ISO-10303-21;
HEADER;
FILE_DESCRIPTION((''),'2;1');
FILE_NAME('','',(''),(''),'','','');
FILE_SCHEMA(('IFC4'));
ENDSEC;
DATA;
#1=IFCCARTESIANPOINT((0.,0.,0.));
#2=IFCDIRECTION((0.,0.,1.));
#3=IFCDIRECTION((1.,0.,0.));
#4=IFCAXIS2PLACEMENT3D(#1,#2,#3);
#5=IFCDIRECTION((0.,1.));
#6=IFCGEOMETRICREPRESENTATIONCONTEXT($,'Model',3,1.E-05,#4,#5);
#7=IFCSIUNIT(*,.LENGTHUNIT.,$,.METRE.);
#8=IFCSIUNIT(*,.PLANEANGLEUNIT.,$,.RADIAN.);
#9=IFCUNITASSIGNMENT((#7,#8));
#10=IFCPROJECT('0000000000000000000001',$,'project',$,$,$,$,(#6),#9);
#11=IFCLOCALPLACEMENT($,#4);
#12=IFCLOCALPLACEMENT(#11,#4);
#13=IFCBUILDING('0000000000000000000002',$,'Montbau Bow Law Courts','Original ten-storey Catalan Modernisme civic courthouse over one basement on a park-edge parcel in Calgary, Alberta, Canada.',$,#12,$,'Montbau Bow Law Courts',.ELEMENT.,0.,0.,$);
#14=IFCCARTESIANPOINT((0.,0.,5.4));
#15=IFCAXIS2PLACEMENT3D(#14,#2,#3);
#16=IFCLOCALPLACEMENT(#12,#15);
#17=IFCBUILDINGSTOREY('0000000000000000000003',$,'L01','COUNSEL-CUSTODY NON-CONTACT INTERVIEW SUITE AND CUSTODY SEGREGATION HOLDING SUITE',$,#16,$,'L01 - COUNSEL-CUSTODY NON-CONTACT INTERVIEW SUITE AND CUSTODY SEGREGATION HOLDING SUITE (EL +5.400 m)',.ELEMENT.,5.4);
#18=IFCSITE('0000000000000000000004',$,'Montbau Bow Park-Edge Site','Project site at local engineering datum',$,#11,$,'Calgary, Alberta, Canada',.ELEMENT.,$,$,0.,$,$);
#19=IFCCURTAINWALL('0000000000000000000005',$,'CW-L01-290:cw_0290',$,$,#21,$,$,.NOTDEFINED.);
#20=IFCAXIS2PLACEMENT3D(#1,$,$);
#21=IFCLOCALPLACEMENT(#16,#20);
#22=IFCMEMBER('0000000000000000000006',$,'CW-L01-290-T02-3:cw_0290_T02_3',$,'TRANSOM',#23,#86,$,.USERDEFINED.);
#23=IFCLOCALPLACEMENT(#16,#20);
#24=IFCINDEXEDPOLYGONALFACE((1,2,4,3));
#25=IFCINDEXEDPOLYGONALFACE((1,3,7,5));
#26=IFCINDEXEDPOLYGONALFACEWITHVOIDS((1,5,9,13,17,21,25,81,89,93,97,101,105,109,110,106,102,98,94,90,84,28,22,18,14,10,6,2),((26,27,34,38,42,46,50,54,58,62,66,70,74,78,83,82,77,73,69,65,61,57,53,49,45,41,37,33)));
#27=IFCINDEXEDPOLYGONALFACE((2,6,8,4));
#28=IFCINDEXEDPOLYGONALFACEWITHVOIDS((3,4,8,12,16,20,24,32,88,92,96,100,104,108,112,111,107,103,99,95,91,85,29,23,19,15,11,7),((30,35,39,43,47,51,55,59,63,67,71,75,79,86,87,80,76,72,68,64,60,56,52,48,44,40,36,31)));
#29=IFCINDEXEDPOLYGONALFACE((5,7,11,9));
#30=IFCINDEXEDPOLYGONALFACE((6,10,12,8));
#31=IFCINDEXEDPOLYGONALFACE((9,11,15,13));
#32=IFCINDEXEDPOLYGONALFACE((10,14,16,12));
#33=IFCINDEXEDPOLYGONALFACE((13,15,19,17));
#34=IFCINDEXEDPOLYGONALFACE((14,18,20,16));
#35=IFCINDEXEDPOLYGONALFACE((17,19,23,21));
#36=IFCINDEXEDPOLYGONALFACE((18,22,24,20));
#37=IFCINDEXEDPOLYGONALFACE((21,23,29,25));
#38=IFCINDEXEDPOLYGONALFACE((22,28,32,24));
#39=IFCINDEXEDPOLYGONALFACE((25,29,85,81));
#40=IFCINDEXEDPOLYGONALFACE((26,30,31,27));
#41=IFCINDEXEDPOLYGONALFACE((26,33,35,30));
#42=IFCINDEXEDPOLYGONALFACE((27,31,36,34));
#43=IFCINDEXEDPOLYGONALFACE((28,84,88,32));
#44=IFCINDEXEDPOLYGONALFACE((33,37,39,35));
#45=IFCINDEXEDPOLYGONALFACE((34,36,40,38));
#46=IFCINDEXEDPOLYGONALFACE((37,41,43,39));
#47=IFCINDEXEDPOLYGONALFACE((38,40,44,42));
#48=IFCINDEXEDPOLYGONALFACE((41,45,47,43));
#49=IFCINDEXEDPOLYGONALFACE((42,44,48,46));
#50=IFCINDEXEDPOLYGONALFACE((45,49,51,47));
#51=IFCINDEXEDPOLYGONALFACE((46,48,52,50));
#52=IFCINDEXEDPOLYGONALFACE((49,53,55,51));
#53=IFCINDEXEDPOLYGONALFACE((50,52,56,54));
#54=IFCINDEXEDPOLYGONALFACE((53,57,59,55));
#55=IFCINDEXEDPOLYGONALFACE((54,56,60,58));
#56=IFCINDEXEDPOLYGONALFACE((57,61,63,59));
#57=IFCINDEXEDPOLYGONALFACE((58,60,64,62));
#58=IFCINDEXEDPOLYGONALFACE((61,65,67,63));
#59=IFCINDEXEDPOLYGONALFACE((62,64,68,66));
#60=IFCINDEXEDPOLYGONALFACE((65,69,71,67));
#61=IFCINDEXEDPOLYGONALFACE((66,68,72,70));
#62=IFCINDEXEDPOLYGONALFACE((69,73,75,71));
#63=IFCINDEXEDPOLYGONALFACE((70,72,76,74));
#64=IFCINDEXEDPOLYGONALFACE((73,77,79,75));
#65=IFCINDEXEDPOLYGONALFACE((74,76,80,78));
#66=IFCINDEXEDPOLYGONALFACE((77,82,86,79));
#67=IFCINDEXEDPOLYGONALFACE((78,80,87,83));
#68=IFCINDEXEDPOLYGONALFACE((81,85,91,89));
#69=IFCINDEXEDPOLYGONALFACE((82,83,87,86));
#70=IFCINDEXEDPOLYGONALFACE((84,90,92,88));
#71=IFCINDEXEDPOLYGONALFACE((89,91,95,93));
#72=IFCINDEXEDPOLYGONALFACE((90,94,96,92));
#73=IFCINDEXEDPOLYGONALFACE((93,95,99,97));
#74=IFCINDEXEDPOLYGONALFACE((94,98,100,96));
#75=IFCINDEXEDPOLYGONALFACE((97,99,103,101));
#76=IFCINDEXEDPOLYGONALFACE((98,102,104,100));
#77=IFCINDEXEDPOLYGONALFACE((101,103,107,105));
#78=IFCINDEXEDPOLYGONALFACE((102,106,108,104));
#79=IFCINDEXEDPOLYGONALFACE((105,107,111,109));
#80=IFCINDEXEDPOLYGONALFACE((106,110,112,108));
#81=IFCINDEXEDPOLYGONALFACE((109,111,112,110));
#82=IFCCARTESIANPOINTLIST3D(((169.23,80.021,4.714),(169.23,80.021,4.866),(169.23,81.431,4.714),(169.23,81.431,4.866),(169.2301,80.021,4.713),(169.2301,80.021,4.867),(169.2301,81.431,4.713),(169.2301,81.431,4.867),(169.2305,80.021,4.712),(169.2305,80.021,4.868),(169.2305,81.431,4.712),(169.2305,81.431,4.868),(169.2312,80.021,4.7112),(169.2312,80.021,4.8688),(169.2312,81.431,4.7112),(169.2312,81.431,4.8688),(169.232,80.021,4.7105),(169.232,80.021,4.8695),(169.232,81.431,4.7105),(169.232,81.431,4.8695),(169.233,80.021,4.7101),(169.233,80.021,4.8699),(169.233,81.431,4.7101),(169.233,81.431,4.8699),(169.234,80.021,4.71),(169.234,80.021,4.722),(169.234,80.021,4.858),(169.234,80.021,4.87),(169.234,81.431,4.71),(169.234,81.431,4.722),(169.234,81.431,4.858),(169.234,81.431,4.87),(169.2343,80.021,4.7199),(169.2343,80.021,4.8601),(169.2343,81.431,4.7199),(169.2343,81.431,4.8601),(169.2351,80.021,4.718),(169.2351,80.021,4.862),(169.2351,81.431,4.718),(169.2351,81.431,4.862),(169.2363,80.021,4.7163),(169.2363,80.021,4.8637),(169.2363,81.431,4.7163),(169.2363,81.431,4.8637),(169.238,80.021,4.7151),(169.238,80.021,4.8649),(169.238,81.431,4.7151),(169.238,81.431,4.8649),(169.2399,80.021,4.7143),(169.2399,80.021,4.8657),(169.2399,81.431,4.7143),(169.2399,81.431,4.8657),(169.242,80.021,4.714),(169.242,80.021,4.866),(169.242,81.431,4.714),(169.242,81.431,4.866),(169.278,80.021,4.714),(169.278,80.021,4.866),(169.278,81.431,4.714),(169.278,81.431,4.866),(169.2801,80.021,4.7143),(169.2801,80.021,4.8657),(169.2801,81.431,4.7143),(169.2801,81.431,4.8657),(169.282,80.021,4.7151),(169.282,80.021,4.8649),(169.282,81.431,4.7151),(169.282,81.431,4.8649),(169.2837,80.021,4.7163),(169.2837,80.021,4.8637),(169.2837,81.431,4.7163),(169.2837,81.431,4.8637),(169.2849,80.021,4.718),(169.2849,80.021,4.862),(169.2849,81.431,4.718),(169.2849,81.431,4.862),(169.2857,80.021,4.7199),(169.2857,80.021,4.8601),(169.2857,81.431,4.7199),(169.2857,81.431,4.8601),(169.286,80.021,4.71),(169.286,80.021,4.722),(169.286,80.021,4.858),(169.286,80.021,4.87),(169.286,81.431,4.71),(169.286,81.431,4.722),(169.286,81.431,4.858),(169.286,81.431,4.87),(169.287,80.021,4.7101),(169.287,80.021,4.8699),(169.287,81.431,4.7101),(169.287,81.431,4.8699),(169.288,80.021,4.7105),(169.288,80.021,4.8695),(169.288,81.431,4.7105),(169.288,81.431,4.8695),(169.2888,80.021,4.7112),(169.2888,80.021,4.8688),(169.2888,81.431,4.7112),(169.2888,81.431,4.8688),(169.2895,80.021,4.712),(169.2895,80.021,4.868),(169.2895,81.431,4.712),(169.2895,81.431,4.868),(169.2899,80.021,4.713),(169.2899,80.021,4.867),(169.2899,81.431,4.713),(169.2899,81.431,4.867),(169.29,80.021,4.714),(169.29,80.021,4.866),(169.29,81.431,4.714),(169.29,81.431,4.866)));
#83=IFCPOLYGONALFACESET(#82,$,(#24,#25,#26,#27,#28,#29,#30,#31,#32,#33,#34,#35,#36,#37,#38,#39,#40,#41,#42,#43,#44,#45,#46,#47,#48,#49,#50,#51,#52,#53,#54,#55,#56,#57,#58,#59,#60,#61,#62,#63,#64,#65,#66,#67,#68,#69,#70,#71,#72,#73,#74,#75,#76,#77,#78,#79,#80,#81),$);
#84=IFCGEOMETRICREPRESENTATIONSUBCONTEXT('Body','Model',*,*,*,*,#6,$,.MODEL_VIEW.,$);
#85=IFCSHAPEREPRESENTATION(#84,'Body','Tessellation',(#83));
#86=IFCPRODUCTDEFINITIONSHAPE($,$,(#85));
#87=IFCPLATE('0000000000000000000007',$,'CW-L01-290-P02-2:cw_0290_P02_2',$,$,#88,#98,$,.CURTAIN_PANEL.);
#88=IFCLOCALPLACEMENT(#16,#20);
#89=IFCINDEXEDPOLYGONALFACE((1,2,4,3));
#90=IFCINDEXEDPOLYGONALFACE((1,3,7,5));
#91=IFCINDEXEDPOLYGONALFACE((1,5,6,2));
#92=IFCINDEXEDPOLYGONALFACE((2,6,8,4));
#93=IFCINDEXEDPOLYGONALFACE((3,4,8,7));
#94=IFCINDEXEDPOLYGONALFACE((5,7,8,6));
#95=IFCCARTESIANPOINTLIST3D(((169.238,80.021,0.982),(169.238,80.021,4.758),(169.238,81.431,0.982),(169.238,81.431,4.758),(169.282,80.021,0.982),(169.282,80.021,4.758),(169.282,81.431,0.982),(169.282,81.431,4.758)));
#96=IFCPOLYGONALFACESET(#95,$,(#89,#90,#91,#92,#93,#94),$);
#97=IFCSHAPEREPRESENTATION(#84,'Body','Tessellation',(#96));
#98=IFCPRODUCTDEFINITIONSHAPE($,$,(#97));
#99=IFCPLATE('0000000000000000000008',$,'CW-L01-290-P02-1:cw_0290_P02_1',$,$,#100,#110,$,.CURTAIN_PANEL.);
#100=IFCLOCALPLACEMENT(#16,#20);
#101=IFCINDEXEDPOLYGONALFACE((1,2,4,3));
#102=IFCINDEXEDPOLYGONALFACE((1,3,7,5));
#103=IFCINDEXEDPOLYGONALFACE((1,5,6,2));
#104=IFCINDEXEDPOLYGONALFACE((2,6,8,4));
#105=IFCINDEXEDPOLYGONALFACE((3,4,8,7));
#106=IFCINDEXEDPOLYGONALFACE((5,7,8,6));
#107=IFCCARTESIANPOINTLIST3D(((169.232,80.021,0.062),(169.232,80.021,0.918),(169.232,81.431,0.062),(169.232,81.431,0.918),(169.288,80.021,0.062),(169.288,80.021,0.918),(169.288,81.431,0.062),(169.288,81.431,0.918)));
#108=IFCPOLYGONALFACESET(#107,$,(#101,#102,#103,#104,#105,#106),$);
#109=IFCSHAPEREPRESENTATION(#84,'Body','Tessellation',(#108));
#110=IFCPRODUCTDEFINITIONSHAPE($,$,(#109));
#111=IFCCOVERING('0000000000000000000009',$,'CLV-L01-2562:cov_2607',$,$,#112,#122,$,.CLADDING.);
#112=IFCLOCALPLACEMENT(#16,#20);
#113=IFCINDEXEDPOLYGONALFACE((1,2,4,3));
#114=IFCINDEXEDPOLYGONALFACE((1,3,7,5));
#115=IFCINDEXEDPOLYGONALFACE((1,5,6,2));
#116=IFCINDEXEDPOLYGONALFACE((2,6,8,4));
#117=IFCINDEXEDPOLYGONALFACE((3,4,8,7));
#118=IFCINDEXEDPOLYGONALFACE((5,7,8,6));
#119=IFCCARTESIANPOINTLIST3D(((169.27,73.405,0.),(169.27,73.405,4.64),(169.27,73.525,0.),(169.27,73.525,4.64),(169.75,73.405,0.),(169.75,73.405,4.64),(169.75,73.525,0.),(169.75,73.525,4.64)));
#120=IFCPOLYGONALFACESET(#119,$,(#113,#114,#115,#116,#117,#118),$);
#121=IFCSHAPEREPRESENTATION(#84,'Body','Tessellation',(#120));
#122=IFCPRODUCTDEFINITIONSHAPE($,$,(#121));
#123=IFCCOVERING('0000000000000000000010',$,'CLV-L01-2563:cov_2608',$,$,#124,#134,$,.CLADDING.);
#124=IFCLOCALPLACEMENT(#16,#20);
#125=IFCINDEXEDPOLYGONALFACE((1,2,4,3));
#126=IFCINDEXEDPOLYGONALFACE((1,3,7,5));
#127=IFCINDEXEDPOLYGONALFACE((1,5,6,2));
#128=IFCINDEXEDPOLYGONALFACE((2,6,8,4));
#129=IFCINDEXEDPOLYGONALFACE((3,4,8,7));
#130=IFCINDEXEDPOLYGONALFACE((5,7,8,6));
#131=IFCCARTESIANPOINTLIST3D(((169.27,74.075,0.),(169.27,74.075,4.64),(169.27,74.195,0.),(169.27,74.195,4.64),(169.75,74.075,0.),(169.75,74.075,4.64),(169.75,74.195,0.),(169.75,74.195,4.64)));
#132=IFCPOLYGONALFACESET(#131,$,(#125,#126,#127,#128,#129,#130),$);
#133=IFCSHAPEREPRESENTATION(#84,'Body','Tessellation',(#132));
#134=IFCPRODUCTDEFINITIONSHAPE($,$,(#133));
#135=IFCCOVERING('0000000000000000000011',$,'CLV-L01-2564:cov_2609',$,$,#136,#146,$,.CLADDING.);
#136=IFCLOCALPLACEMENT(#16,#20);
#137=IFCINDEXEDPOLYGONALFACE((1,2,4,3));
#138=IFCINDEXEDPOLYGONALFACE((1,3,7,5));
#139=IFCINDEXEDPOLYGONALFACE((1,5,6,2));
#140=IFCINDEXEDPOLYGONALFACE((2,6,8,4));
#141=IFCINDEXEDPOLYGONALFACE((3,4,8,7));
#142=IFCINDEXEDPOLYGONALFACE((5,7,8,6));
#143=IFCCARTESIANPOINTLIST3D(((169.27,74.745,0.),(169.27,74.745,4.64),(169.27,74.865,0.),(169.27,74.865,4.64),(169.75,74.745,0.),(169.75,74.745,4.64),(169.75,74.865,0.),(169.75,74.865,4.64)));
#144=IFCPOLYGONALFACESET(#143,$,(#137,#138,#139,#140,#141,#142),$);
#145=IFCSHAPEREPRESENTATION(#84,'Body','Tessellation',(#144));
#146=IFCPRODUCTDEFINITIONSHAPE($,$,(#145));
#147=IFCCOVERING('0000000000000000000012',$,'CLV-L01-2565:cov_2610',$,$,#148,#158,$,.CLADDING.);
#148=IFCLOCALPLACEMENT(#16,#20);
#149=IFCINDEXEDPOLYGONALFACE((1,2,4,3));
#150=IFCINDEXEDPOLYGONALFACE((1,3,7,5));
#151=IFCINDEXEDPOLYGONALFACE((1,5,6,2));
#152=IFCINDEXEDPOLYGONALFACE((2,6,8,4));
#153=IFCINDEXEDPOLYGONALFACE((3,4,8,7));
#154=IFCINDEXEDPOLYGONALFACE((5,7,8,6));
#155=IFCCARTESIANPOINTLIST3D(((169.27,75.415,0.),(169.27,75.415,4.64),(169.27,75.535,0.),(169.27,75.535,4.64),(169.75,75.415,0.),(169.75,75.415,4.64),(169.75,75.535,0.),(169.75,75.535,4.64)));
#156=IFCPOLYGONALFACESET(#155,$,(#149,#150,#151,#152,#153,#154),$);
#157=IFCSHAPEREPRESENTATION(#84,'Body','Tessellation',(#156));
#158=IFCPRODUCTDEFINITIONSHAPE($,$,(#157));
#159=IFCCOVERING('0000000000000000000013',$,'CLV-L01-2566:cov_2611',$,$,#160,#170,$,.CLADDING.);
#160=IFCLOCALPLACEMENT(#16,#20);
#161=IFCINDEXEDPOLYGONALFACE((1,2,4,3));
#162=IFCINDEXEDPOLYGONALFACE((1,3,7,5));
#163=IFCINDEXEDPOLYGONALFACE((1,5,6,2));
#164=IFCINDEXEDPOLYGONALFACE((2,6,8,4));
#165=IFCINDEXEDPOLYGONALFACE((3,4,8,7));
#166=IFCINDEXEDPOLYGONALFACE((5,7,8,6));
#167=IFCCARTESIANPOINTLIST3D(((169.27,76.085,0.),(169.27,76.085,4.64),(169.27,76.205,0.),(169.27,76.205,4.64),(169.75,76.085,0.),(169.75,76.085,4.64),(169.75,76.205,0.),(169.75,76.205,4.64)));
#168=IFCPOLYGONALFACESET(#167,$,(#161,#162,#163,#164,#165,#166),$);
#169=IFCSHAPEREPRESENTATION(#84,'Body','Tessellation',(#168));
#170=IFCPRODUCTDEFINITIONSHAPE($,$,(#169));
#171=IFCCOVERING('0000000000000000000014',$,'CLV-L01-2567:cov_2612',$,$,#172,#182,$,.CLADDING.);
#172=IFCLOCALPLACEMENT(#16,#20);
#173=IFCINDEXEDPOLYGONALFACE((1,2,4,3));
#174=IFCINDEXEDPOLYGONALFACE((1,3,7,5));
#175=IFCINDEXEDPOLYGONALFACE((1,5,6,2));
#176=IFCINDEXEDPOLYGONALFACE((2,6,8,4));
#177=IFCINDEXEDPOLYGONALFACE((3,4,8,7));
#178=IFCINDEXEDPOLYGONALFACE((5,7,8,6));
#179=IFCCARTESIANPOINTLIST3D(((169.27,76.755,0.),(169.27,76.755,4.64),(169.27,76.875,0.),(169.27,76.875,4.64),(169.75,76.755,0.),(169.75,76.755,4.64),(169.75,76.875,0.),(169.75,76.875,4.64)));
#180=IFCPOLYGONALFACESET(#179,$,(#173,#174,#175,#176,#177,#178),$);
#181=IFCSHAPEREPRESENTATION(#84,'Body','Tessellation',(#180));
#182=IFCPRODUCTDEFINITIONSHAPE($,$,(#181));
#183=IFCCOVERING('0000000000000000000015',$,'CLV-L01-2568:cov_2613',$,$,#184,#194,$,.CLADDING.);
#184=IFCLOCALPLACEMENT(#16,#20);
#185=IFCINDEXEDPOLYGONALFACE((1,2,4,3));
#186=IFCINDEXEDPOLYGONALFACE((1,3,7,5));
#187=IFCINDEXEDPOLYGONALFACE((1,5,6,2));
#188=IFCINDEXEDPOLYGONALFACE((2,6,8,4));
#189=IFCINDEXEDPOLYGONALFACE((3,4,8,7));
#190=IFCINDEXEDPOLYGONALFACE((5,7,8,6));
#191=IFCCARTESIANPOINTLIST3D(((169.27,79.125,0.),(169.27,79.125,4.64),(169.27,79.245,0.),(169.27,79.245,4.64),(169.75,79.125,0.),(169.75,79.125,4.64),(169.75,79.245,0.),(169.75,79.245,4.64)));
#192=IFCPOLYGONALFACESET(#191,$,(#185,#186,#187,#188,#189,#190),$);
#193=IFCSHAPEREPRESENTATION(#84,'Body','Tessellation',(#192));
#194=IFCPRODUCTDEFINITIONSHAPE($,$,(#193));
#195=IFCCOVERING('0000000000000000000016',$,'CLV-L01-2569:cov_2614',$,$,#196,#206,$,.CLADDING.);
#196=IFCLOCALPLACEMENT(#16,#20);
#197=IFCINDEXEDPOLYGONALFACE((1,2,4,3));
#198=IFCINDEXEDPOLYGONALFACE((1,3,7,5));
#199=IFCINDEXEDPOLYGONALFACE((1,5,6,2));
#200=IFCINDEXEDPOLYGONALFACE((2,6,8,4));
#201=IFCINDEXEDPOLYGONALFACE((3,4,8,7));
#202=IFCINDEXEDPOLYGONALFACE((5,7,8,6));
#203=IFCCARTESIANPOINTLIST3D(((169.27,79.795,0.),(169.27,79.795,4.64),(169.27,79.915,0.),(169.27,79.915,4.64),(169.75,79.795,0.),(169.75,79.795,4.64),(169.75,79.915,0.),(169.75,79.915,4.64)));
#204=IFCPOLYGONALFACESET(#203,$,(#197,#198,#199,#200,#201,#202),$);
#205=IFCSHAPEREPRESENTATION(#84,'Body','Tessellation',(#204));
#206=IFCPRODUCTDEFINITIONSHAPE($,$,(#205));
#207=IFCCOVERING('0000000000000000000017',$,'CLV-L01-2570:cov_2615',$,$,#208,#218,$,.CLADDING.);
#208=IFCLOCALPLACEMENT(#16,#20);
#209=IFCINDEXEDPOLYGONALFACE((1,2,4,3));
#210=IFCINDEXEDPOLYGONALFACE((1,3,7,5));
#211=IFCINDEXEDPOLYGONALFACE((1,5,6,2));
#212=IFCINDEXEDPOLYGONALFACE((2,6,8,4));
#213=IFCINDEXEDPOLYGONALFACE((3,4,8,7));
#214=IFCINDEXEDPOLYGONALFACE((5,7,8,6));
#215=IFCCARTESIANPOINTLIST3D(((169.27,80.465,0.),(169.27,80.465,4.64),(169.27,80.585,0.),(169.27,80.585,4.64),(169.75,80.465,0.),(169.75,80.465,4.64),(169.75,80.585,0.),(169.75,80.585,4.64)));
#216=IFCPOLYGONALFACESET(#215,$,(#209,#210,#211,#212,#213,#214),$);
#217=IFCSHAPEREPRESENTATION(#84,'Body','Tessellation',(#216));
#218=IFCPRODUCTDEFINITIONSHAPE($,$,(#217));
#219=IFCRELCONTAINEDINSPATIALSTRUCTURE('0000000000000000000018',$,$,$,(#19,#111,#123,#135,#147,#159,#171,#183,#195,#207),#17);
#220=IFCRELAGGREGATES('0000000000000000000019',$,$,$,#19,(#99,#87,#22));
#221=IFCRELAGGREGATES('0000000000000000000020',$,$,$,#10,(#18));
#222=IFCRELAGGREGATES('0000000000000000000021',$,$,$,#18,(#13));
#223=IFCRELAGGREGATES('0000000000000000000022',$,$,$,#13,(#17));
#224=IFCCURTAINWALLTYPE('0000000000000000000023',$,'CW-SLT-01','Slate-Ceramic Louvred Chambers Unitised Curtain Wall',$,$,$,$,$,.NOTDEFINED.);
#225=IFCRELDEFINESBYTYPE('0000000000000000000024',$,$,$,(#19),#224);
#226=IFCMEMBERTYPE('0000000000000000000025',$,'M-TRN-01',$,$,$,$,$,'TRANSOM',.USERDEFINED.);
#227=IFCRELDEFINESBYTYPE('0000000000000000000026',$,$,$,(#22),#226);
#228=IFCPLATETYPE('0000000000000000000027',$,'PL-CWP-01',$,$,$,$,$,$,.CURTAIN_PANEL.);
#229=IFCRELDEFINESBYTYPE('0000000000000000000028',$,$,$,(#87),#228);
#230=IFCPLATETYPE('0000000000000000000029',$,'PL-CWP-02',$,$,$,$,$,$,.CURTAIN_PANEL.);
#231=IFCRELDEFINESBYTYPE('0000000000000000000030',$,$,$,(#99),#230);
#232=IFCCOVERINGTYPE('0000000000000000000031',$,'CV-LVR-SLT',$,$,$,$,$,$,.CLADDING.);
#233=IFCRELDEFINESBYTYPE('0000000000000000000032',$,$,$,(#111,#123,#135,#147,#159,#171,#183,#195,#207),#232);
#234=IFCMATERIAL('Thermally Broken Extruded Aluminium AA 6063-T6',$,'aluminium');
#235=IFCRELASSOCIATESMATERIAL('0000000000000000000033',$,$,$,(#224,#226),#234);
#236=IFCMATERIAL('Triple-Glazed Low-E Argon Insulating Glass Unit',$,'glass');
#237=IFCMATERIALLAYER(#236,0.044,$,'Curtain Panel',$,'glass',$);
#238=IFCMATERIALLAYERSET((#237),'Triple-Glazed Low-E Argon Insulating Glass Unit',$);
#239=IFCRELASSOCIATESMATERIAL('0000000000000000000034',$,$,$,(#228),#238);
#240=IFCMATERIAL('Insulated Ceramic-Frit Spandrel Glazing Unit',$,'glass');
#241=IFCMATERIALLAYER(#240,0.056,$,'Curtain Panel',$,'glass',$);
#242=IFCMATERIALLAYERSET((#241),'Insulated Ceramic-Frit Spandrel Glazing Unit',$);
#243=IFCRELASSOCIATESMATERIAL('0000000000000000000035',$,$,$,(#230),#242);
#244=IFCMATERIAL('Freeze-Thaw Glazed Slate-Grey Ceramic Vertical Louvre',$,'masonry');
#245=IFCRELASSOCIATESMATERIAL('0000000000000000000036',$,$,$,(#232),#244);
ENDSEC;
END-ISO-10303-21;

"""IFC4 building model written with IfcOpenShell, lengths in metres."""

from ifc_helpers import new_model, si_unit, direction, frame, frame_2d, origin_with_axes, origin_2d_with_axis, place, context, subcontext, project, spatial, rectangle, hollow_rectangle, extrude, material, layer, layer_set, material_profile, profile_set, type_object, element, aggregate, save


model = new_model("IFC4")

# Units and contexts
model_context = context("Model", 3, precision=1e-05, world=origin_with_axes(), true_north=direction((0.0, 1.0)))
body_context = subcontext(model_context, "Body", "Model", "MODEL_VIEW")
ifc_project = project(units=[si_unit("LENGTHUNIT", "METRE"), si_unit("PLANEANGLEUNIT", "RADIAN")], contexts=[model_context])

# Site, building, storey
site_placement = place(None, origin_with_axes())
site = spatial("IfcSite", under=ifc_project, at=site_placement, Name="Montbau Bow Park-Edge Site", Description="Project site at local engineering datum", LongName="Calgary, Alberta, Canada", CompositionType="ELEMENT", RefElevation=0.0)
building_placement = place(site_placement, origin_with_axes())
building = spatial("IfcBuilding", under=site, at=building_placement, Name="Montbau Bow Law Courts", Description="Original ten-storey Catalan Modernisme civic courthouse over one basement on a park-edge parcel in Calgary, Alberta, Canada.", LongName="Montbau Bow Law Courts", CompositionType="ELEMENT", ElevationOfRefHeight=0.0, ElevationOfTerrain=0.0)
storey_placement = place(building_placement, frame((0.0, 0.0, 5.4), z_axis=(0.0, 0.0, 1.0), x_axis=(1.0, 0.0, 0.0)))
storey = spatial("IfcBuildingStorey", under=building, at=storey_placement, Name="L01", Description="COUNSEL-CUSTODY NON-CONTACT INTERVIEW SUITE AND CUSTODY SEGREGATION HOLDING SUITE", LongName="L01 - COUNSEL-CUSTODY NON-CONTACT INTERVIEW SUITE AND CUSTODY SEGREGATION HOLDING SUITE (EL +5.400 m)", CompositionType="ELEMENT", Elevation=5.4)

# Curtain wall, member, plates
ifc_material_1 = material(Name="Thermally Broken Extruded Aluminium AA 6063-T6", Category="aluminium")
curtain_wall_type = type_object("IfcCurtainWallType", Name="CW-SLT-01", Description="Slate-Ceramic Louvred Chambers Unitised Curtain Wall", PredefinedType="NOTDEFINED", material=ifc_material_1)
curtain_wall_placement = place(None, frame((169.26, 78.515, 5.4), z_axis=(0.0, 0.0, 1.0), x_axis=(1.0, 0.0, 0.0)))
curtain_wall = element("IfcCurtainWall", 1, at=curtain_wall_placement, inside=storey, type_object=curtain_wall_type, Name="CW-L01-290:cw_0290", PredefinedType="NOTDEFINED")
ifc_material_profile_1 = material_profile(ifc_material_1, hollow_rectangle(XDim=0.06, YDim=0.16, WallThickness=0.004, InnerFilletRadius=0.008, OuterFilletRadius=0.004, at=origin_2d_with_axis()), Name="CWT-160X60", Category="Main", Priority=0)
ifc_profile_set_1 = profile_set([ifc_material_profile_1], Name="Thermally Broken Extruded Aluminium AA 6063-T6")
member_type_1 = type_object("IfcMemberType", Name="M-TRN-01", ElementType="TRANSOM", PredefinedType="USERDEFINED", material=ifc_profile_set_1)
member_1_placement = place(None, frame((169.26, 80.021, 10.19), z_axis=(0.0, 1.0, 0.0), x_axis=(-1.0, 0.0, 0.0)))
member_1 = element("IfcMember", 2, at=member_1_placement, type_object=member_type_1, Name="CW-L01-290-T02-3:cw_0290_T02_3", ObjectType="TRANSOM", PredefinedType="USERDEFINED", context=body_context, shape_type="SweptSolid", body=[
    extrude(hollow_rectangle(XDim=0.06, YDim=0.16, WallThickness=0.004, InnerFilletRadius=0.008, OuterFilletRadius=0.004, at=origin_2d_with_axis()), origin_with_axes(), (0.0, 0.0, 1.0), 1.41),
])
ifc_material_2 = material(Name="Triple-Glazed Low-E Argon Insulating Glass Unit", Category="glass")
ifc_layer_1 = layer(ifc_material_2, 0.044, Name="Curtain Panel", Category="glass")
ifc_layer_set_1 = layer_set([ifc_layer_1], Name="Triple-Glazed Low-E Argon Insulating Glass Unit")
plate_type_1 = type_object("IfcPlateType", Name="PL-CWP-01", PredefinedType="CURTAIN_PANEL", material=ifc_layer_set_1)
plate_1_placement = place(None, frame((169.26, 80.021, 6.382), z_axis=(1.0, 0.0, 0.0), x_axis=(0.0, 1.0, 0.0)))
plate_1 = element("IfcPlate", 3, at=plate_1_placement, type_object=plate_type_1, Name="CW-L01-290-P02-2:cw_0290_P02_2", PredefinedType="CURTAIN_PANEL", context=body_context, shape_type="SweptSolid", body=[
    extrude(rectangle(XDim=1.41, YDim=3.776, at=frame_2d((0.705, 1.888), x_axis=(1.0, 0.0))), frame((0.0, 0.0, -0.022), z_axis=(0.0, 0.0, 1.0), x_axis=(1.0, 0.0, 0.0)), (0.0, 0.0, 1.0), 0.044),
])
ifc_material_3 = material(Name="Insulated Ceramic-Frit Spandrel Glazing Unit", Category="glass")
ifc_layer_2 = layer(ifc_material_3, 0.056, Name="Curtain Panel", Category="glass")
ifc_layer_set_2 = layer_set([ifc_layer_2], Name="Insulated Ceramic-Frit Spandrel Glazing Unit")
plate_type_2 = type_object("IfcPlateType", Name="PL-CWP-02", PredefinedType="CURTAIN_PANEL", material=ifc_layer_set_2)
plate_2_placement = place(None, frame((169.26, 80.021, 5.462), z_axis=(1.0, 0.0, 0.0), x_axis=(0.0, 1.0, 0.0)))
plate_2 = element("IfcPlate", 4, at=plate_2_placement, type_object=plate_type_2, Name="CW-L01-290-P02-1:cw_0290_P02_1", PredefinedType="CURTAIN_PANEL", context=body_context, shape_type="SweptSolid", body=[
    extrude(rectangle(XDim=1.41, YDim=0.856, at=frame_2d((0.705, 0.428), x_axis=(1.0, 0.0))), frame((0.0, 0.0, -0.028), z_axis=(0.0, 0.0, 1.0), x_axis=(1.0, 0.0, 0.0)), (0.0, 0.0, 1.0), 0.056),
])
aggregate(curtain_wall, [plate_2, plate_1, member_1])

# Coverings
ifc_material_4 = material(Name="Freeze-Thaw Glazed Slate-Grey Ceramic Vertical Louvre", Category="masonry")
covering_type = type_object("IfcCoveringType", Name="CV-LVR-SLT", PredefinedType="CLADDING", material=ifc_material_4)
for number, where, z_axis, x_axis, name in (
    (5, (169.27, 73.465, 5.4), (0.0, -1.0, 0.0), (1.0, 0.0, 0.0), "CLV-L01-2562:cov_2607"),
    (6, (169.27, 74.135, 5.4), (0.0, -1.0, 0.0), (1.0, 0.0, 0.0), "CLV-L01-2563:cov_2608"),
    (7, (169.27, 74.805, 5.4), (0.0, -1.0, 0.0), (1.0, 0.0, 0.0), "CLV-L01-2564:cov_2609"),
    (8, (169.27, 75.475, 5.4), (0.0, -1.0, 0.0), (1.0, 0.0, 0.0), "CLV-L01-2565:cov_2610"),
    (9, (169.27, 76.145, 5.4), (0.0, -1.0, 0.0), (1.0, 0.0, 0.0), "CLV-L01-2566:cov_2611"),
    (10, (169.27, 76.815, 5.4), (0.0, -1.0, 0.0), (1.0, 0.0, 0.0), "CLV-L01-2567:cov_2612"),
    (11, (169.27, 79.185, 5.4), (0.0, -1.0, 0.0), (1.0, 0.0, 0.0), "CLV-L01-2568:cov_2613"),
    (12, (169.27, 79.855, 5.4), (0.0, -1.0, 0.0), (1.0, 0.0, 0.0), "CLV-L01-2569:cov_2614"),
    (13, (169.27, 80.525, 5.4), (0.0, -1.0, 0.0), (1.0, 0.0, 0.0), "CLV-L01-2570:cov_2615"),
):
    element("IfcCovering", number, at=place(None, frame(where, z_axis=z_axis, x_axis=x_axis)), inside=storey, type_object=covering_type, Name=name, PredefinedType="CLADDING", context=body_context, shape_type="SweptSolid", body=[
        extrude(rectangle(XDim=0.48, YDim=4.64, at=frame_2d((0.24, 2.32), x_axis=(1.0, 0.0))), frame((0.0, 0.0, -0.06), z_axis=(0.0, 0.0, 1.0), x_axis=(1.0, 0.0, 0.0)), (0.0, 0.0, 1.0), 0.12),
    ])

save(model, "model.ifc")
